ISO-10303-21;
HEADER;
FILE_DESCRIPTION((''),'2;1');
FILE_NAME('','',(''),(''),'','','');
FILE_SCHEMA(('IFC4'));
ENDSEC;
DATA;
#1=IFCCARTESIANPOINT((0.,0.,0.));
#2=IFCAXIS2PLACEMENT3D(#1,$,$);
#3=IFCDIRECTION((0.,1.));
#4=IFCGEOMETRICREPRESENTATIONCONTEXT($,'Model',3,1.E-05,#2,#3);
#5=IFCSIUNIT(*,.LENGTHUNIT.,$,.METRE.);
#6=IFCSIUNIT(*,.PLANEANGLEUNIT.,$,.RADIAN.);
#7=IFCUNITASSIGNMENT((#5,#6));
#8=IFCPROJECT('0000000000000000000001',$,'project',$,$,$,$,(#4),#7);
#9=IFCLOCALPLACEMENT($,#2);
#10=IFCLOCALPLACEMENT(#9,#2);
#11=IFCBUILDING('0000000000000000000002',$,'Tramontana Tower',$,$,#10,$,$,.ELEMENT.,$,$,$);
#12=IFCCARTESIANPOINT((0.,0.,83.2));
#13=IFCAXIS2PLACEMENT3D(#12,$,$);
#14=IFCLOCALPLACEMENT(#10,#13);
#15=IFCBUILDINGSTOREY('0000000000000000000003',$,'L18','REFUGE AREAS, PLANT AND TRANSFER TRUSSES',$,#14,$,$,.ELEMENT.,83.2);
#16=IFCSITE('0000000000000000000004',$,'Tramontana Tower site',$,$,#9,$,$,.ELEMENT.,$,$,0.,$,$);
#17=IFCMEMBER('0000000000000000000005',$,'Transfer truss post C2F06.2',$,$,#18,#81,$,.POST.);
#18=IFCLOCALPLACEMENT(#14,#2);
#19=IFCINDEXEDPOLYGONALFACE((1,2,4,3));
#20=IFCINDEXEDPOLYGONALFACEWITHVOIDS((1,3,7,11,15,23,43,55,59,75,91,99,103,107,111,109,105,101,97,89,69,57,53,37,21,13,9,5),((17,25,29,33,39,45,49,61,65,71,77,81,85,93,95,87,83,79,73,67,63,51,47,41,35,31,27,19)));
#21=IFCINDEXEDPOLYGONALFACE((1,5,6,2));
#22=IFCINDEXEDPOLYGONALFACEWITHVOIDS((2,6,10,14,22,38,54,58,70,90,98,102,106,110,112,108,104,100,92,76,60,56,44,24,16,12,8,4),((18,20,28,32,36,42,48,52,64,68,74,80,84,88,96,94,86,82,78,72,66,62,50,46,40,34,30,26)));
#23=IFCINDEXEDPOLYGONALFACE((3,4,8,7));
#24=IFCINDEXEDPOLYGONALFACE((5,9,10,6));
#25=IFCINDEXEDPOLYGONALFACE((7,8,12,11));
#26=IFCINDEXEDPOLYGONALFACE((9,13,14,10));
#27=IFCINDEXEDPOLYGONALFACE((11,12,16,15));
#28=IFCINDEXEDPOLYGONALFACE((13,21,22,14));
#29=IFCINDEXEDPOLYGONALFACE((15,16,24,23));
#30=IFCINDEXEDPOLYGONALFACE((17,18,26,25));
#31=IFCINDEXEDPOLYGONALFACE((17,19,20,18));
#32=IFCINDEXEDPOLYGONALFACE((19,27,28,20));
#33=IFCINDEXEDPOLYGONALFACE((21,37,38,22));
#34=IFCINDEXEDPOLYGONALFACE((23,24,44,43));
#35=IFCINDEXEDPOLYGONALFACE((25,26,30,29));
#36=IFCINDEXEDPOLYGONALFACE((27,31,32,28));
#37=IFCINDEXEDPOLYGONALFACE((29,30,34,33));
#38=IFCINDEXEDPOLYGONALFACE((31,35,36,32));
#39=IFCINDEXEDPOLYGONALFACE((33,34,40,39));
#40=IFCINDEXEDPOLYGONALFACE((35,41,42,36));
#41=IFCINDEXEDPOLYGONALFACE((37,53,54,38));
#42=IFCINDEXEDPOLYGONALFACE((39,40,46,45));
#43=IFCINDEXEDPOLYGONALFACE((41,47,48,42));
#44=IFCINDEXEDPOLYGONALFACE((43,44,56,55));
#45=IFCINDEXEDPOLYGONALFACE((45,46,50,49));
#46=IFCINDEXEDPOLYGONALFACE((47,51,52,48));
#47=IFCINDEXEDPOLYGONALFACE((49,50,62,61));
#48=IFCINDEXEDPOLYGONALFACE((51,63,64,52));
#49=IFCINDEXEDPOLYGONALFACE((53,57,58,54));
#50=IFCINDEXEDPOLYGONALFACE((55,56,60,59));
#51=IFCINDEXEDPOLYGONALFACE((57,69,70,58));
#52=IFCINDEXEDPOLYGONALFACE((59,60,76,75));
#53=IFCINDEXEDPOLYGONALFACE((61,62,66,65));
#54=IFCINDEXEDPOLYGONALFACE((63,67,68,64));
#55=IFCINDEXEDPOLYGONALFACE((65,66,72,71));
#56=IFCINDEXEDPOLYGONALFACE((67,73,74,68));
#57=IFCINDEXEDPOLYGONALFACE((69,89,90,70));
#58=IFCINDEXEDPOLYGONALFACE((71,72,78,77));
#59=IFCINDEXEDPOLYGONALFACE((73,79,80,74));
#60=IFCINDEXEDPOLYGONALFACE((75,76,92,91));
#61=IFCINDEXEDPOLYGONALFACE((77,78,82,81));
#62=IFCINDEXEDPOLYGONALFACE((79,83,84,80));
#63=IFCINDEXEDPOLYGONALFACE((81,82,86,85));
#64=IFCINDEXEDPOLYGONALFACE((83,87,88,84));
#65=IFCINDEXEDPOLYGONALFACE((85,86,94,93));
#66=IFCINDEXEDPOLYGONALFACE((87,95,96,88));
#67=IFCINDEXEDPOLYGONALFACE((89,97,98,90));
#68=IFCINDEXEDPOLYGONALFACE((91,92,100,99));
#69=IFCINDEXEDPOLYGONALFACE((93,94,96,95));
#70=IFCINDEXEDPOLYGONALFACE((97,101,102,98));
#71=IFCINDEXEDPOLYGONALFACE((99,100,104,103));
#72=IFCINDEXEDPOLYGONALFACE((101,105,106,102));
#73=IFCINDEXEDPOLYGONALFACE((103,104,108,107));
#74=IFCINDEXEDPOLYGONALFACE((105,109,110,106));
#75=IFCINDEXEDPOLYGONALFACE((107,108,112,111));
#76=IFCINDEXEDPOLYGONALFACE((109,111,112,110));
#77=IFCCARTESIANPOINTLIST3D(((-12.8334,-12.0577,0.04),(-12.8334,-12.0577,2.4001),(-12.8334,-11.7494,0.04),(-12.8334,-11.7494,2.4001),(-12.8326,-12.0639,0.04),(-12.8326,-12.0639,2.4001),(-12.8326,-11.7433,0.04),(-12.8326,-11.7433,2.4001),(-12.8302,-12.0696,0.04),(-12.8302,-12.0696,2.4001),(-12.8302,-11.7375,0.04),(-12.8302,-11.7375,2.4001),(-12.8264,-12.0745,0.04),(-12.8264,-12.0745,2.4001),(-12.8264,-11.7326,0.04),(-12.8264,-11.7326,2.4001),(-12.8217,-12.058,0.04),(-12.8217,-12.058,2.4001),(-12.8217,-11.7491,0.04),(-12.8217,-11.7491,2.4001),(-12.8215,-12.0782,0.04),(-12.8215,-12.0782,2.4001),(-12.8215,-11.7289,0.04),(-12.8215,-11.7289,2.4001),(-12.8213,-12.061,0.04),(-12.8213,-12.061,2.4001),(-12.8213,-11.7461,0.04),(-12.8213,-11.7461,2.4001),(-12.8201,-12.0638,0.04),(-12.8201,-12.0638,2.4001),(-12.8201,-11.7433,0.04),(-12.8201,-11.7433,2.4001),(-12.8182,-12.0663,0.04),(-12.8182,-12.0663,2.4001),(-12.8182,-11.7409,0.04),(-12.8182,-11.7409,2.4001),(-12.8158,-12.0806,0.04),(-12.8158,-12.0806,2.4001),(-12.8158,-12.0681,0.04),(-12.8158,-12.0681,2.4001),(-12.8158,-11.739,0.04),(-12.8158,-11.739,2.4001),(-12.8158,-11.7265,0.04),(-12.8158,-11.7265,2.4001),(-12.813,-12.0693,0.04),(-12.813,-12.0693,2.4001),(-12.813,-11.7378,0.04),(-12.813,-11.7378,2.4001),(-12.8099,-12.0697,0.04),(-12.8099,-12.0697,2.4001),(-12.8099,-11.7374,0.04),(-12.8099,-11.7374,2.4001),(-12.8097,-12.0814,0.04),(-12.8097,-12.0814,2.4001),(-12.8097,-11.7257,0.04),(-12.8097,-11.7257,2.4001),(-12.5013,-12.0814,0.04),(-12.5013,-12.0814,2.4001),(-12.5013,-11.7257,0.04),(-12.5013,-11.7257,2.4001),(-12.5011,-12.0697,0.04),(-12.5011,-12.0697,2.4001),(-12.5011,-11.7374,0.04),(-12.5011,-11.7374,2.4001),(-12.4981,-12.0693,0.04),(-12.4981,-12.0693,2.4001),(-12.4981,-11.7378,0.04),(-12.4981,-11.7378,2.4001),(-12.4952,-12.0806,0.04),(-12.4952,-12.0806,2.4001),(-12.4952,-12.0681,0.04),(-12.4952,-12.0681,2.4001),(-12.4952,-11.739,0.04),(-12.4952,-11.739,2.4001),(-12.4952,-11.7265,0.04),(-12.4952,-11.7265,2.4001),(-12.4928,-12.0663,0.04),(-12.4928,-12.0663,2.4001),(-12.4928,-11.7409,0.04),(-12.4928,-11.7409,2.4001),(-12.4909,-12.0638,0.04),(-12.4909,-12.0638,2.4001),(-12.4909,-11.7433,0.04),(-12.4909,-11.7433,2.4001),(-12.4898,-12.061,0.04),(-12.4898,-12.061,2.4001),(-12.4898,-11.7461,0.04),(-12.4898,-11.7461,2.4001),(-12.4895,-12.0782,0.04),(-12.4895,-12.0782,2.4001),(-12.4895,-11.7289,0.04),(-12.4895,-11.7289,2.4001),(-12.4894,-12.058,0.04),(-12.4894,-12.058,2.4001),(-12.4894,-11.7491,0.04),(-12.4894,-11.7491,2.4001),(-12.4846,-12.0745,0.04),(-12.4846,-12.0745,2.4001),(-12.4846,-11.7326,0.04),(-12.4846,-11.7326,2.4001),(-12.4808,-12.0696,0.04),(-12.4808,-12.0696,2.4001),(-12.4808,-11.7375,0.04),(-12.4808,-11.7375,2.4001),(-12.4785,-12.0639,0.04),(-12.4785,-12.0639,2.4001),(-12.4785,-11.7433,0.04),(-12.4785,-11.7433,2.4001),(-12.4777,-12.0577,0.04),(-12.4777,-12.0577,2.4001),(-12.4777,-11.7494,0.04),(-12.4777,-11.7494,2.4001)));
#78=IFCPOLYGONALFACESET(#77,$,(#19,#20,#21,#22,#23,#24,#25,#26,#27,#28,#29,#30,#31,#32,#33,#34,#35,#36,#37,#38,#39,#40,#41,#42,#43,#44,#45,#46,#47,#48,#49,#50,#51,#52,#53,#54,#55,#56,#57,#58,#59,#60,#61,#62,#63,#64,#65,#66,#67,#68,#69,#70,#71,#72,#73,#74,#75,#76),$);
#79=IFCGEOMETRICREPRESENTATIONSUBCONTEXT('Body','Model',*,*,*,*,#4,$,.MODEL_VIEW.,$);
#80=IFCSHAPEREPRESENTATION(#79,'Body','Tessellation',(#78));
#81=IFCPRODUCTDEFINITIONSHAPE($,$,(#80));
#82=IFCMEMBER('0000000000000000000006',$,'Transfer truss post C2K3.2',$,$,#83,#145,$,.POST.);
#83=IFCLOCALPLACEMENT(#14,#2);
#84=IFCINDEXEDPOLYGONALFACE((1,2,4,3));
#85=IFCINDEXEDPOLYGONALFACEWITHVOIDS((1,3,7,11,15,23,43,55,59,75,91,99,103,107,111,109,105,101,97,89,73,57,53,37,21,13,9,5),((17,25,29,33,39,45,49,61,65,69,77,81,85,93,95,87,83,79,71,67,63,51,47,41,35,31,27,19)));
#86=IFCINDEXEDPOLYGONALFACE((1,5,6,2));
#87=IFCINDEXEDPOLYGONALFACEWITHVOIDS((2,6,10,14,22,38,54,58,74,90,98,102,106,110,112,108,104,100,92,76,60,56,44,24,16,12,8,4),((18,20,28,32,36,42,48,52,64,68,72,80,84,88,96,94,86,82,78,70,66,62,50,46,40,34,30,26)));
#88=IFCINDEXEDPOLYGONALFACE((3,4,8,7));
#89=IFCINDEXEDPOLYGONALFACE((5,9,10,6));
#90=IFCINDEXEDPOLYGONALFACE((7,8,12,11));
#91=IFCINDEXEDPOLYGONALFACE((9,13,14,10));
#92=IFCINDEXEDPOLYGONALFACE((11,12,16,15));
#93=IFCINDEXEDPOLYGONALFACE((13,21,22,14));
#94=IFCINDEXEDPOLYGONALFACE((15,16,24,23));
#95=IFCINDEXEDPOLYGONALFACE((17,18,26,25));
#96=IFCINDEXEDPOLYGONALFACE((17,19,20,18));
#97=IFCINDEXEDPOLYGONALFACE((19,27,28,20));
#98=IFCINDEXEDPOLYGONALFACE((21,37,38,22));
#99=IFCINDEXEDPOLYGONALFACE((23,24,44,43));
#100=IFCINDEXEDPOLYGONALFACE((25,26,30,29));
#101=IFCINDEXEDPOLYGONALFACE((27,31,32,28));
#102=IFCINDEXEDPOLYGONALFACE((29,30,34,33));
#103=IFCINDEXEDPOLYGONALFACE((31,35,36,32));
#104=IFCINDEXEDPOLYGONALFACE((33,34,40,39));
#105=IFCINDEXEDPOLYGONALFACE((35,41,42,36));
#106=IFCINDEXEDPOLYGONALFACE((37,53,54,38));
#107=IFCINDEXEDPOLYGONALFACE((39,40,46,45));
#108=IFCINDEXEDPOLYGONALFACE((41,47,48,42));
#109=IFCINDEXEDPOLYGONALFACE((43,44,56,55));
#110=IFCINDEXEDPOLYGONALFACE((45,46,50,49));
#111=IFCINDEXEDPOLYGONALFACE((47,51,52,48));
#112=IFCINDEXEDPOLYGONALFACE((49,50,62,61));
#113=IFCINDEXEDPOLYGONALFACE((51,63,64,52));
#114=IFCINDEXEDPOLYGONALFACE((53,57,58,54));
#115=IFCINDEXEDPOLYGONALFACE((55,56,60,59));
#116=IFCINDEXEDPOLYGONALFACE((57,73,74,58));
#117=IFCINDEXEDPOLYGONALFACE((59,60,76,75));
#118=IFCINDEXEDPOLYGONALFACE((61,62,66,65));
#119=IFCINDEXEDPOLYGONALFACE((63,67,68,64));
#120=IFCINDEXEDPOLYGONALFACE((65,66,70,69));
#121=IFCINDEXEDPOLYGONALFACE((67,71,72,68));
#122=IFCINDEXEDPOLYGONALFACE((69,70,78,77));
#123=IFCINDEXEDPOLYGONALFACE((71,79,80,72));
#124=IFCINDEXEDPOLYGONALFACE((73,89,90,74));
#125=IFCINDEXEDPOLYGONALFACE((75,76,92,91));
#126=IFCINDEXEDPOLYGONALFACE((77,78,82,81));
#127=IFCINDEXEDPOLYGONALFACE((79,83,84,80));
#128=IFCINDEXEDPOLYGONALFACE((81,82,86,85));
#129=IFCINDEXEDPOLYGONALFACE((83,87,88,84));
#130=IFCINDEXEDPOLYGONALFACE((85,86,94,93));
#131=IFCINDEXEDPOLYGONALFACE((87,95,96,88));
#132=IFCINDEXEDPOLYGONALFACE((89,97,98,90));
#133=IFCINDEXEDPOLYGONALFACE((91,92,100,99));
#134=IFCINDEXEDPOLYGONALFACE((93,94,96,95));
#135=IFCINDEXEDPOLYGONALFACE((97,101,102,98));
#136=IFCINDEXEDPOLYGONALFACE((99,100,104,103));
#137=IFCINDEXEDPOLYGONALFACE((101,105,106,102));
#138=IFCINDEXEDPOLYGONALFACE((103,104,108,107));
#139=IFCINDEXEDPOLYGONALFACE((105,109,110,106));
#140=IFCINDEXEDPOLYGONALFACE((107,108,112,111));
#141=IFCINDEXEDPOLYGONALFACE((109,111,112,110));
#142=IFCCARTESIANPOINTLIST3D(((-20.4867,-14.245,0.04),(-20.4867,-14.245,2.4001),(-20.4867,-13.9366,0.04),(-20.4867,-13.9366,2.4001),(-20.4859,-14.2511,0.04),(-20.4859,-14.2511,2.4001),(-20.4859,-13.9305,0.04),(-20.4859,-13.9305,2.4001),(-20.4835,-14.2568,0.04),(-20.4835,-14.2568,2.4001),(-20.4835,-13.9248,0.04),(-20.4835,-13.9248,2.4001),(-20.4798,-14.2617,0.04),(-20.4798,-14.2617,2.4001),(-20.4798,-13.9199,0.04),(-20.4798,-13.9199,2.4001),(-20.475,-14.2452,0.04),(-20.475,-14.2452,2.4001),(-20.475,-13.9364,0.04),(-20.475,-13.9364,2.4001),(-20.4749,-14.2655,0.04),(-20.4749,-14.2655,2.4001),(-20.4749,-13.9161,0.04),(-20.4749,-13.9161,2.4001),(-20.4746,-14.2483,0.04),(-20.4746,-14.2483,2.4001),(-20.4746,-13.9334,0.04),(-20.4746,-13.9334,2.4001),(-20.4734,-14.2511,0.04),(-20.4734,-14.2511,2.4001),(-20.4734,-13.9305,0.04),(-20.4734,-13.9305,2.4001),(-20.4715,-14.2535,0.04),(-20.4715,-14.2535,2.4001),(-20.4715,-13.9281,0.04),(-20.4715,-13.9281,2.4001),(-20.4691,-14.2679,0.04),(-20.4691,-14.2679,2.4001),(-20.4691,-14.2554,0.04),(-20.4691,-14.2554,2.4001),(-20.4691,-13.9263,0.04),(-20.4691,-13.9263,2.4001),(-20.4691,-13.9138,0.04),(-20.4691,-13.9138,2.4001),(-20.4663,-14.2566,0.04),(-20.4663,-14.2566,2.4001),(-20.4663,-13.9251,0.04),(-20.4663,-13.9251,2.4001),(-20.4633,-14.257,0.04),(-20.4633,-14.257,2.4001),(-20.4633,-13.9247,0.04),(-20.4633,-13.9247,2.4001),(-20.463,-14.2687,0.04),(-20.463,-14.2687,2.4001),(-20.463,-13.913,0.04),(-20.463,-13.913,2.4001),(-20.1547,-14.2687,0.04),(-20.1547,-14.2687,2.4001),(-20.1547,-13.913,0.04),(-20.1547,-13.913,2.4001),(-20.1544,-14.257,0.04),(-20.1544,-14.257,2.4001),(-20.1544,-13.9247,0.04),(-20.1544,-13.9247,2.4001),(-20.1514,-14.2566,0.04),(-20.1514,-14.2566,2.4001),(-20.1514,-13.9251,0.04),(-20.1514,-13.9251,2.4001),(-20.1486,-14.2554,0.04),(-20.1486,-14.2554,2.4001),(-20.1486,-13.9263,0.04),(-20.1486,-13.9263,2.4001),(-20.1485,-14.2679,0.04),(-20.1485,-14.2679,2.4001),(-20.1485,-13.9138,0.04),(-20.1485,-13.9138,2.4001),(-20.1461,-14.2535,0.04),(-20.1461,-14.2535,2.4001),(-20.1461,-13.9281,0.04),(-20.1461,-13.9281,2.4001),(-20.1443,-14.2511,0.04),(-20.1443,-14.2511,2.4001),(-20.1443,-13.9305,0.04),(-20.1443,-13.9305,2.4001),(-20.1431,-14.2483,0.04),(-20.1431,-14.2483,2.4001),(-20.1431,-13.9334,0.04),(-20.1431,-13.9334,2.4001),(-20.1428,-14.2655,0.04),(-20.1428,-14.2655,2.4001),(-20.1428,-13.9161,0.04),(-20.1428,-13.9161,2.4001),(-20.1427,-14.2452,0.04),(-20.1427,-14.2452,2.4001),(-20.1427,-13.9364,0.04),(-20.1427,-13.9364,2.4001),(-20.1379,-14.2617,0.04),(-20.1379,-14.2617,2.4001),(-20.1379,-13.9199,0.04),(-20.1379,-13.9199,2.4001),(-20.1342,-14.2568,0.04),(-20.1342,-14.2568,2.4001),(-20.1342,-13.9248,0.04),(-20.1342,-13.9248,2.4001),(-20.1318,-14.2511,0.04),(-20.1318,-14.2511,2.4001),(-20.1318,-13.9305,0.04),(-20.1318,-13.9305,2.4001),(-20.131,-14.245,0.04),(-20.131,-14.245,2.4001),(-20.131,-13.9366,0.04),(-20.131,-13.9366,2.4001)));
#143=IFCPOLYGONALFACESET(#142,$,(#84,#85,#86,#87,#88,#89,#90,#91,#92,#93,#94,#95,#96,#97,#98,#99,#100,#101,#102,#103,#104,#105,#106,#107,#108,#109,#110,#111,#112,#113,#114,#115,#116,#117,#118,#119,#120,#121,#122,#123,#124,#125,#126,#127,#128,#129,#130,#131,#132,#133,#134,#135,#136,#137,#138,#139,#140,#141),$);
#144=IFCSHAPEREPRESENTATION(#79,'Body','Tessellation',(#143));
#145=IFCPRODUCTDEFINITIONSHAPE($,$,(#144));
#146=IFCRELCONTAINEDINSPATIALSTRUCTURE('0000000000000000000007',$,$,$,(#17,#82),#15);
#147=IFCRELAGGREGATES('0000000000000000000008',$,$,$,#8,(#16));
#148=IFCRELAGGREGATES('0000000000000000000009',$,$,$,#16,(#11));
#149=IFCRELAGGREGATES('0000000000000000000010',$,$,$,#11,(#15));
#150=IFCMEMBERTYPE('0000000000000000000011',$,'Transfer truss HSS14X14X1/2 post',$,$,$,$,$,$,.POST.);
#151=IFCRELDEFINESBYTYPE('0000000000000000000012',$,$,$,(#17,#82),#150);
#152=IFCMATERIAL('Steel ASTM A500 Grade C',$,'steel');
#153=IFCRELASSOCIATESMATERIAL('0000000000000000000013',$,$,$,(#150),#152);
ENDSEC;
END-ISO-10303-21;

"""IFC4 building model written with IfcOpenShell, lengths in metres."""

from ifc_helpers import new_model, si_unit, direction, frame, origin, origin_2d, place, context, subcontext, project, spatial, hollow_rectangle, extrude, material, material_profile, profile_set, type_object, element, save


model = new_model("IFC4")

# Units and contexts
model_context = context("Model", 3, precision=1e-05, world=origin(), true_north=direction((0.0, 1.0)))
body_context = subcontext(model_context, "Body", "Model", "MODEL_VIEW")
ifc_project = project(units=[si_unit("LENGTHUNIT", "METRE"), si_unit("PLANEANGLEUNIT", "RADIAN")], contexts=[model_context])

# Site, building, storey
site_placement = place(None, origin())
site = spatial("IfcSite", under=ifc_project, at=site_placement, Name="Tramontana Tower site", CompositionType="ELEMENT", RefElevation=0.0)
building_placement = place(site_placement, origin())
building = spatial("IfcBuilding", under=site, at=building_placement, Name="Tramontana Tower", CompositionType="ELEMENT")
storey_placement = place(building_placement, frame((0.0, 0.0, 83.2)))
storey = spatial("IfcBuildingStorey", under=building, at=storey_placement, Name="L18", Description="REFUGE AREAS, PLANT AND TRANSFER TRUSSES", CompositionType="ELEMENT", Elevation=83.2)

# Members
ifc_material_1 = material(Name="Steel ASTM A500 Grade C", Category="steel")
ifc_material_profile_1 = material_profile(ifc_material_1, hollow_rectangle(XDim=0.3557, YDim=0.3557, WallThickness=0.0117, InnerFilletRadius=0.0117, OuterFilletRadius=0.0237, at=origin_2d()), Name="HSS14X14X1/2")
ifc_profile_set_1 = profile_set([ifc_material_profile_1], Name="Steel ASTM A500 Grade C")
member_type_1 = type_object("IfcMemberType", Name="Transfer truss HSS14X14X1/2 post", PredefinedType="POST", material=ifc_profile_set_1)
for number, where, z_axis, x_axis, name in (
    (1, (-12.6555, -11.9036, 0.04), (0.0, 0.0, 1.0), (1.0, 0.0, 0.0), "Transfer truss post C2F06.2"),
    (2, (-20.3088, -14.0908, 0.04), (0.0, 0.0, 1.0), (1.0, 0.0, 0.0), "Transfer truss post C2K3.2"),
):
    element("IfcMember", number, at=place(storey_placement, frame(where, z_axis=z_axis, x_axis=x_axis)), inside=storey, type_object=member_type_1, Name=name, PredefinedType="POST", context=body_context, shape_type="SweptSolid", body=[
        extrude(hollow_rectangle(XDim=0.3557, YDim=0.3557, WallThickness=0.0117, InnerFilletRadius=0.0117, OuterFilletRadius=0.0237, at=origin_2d()), origin(), (0.0, 0.0, 1.0), 2.3601),
    ])

save(model, "model.ifc")
